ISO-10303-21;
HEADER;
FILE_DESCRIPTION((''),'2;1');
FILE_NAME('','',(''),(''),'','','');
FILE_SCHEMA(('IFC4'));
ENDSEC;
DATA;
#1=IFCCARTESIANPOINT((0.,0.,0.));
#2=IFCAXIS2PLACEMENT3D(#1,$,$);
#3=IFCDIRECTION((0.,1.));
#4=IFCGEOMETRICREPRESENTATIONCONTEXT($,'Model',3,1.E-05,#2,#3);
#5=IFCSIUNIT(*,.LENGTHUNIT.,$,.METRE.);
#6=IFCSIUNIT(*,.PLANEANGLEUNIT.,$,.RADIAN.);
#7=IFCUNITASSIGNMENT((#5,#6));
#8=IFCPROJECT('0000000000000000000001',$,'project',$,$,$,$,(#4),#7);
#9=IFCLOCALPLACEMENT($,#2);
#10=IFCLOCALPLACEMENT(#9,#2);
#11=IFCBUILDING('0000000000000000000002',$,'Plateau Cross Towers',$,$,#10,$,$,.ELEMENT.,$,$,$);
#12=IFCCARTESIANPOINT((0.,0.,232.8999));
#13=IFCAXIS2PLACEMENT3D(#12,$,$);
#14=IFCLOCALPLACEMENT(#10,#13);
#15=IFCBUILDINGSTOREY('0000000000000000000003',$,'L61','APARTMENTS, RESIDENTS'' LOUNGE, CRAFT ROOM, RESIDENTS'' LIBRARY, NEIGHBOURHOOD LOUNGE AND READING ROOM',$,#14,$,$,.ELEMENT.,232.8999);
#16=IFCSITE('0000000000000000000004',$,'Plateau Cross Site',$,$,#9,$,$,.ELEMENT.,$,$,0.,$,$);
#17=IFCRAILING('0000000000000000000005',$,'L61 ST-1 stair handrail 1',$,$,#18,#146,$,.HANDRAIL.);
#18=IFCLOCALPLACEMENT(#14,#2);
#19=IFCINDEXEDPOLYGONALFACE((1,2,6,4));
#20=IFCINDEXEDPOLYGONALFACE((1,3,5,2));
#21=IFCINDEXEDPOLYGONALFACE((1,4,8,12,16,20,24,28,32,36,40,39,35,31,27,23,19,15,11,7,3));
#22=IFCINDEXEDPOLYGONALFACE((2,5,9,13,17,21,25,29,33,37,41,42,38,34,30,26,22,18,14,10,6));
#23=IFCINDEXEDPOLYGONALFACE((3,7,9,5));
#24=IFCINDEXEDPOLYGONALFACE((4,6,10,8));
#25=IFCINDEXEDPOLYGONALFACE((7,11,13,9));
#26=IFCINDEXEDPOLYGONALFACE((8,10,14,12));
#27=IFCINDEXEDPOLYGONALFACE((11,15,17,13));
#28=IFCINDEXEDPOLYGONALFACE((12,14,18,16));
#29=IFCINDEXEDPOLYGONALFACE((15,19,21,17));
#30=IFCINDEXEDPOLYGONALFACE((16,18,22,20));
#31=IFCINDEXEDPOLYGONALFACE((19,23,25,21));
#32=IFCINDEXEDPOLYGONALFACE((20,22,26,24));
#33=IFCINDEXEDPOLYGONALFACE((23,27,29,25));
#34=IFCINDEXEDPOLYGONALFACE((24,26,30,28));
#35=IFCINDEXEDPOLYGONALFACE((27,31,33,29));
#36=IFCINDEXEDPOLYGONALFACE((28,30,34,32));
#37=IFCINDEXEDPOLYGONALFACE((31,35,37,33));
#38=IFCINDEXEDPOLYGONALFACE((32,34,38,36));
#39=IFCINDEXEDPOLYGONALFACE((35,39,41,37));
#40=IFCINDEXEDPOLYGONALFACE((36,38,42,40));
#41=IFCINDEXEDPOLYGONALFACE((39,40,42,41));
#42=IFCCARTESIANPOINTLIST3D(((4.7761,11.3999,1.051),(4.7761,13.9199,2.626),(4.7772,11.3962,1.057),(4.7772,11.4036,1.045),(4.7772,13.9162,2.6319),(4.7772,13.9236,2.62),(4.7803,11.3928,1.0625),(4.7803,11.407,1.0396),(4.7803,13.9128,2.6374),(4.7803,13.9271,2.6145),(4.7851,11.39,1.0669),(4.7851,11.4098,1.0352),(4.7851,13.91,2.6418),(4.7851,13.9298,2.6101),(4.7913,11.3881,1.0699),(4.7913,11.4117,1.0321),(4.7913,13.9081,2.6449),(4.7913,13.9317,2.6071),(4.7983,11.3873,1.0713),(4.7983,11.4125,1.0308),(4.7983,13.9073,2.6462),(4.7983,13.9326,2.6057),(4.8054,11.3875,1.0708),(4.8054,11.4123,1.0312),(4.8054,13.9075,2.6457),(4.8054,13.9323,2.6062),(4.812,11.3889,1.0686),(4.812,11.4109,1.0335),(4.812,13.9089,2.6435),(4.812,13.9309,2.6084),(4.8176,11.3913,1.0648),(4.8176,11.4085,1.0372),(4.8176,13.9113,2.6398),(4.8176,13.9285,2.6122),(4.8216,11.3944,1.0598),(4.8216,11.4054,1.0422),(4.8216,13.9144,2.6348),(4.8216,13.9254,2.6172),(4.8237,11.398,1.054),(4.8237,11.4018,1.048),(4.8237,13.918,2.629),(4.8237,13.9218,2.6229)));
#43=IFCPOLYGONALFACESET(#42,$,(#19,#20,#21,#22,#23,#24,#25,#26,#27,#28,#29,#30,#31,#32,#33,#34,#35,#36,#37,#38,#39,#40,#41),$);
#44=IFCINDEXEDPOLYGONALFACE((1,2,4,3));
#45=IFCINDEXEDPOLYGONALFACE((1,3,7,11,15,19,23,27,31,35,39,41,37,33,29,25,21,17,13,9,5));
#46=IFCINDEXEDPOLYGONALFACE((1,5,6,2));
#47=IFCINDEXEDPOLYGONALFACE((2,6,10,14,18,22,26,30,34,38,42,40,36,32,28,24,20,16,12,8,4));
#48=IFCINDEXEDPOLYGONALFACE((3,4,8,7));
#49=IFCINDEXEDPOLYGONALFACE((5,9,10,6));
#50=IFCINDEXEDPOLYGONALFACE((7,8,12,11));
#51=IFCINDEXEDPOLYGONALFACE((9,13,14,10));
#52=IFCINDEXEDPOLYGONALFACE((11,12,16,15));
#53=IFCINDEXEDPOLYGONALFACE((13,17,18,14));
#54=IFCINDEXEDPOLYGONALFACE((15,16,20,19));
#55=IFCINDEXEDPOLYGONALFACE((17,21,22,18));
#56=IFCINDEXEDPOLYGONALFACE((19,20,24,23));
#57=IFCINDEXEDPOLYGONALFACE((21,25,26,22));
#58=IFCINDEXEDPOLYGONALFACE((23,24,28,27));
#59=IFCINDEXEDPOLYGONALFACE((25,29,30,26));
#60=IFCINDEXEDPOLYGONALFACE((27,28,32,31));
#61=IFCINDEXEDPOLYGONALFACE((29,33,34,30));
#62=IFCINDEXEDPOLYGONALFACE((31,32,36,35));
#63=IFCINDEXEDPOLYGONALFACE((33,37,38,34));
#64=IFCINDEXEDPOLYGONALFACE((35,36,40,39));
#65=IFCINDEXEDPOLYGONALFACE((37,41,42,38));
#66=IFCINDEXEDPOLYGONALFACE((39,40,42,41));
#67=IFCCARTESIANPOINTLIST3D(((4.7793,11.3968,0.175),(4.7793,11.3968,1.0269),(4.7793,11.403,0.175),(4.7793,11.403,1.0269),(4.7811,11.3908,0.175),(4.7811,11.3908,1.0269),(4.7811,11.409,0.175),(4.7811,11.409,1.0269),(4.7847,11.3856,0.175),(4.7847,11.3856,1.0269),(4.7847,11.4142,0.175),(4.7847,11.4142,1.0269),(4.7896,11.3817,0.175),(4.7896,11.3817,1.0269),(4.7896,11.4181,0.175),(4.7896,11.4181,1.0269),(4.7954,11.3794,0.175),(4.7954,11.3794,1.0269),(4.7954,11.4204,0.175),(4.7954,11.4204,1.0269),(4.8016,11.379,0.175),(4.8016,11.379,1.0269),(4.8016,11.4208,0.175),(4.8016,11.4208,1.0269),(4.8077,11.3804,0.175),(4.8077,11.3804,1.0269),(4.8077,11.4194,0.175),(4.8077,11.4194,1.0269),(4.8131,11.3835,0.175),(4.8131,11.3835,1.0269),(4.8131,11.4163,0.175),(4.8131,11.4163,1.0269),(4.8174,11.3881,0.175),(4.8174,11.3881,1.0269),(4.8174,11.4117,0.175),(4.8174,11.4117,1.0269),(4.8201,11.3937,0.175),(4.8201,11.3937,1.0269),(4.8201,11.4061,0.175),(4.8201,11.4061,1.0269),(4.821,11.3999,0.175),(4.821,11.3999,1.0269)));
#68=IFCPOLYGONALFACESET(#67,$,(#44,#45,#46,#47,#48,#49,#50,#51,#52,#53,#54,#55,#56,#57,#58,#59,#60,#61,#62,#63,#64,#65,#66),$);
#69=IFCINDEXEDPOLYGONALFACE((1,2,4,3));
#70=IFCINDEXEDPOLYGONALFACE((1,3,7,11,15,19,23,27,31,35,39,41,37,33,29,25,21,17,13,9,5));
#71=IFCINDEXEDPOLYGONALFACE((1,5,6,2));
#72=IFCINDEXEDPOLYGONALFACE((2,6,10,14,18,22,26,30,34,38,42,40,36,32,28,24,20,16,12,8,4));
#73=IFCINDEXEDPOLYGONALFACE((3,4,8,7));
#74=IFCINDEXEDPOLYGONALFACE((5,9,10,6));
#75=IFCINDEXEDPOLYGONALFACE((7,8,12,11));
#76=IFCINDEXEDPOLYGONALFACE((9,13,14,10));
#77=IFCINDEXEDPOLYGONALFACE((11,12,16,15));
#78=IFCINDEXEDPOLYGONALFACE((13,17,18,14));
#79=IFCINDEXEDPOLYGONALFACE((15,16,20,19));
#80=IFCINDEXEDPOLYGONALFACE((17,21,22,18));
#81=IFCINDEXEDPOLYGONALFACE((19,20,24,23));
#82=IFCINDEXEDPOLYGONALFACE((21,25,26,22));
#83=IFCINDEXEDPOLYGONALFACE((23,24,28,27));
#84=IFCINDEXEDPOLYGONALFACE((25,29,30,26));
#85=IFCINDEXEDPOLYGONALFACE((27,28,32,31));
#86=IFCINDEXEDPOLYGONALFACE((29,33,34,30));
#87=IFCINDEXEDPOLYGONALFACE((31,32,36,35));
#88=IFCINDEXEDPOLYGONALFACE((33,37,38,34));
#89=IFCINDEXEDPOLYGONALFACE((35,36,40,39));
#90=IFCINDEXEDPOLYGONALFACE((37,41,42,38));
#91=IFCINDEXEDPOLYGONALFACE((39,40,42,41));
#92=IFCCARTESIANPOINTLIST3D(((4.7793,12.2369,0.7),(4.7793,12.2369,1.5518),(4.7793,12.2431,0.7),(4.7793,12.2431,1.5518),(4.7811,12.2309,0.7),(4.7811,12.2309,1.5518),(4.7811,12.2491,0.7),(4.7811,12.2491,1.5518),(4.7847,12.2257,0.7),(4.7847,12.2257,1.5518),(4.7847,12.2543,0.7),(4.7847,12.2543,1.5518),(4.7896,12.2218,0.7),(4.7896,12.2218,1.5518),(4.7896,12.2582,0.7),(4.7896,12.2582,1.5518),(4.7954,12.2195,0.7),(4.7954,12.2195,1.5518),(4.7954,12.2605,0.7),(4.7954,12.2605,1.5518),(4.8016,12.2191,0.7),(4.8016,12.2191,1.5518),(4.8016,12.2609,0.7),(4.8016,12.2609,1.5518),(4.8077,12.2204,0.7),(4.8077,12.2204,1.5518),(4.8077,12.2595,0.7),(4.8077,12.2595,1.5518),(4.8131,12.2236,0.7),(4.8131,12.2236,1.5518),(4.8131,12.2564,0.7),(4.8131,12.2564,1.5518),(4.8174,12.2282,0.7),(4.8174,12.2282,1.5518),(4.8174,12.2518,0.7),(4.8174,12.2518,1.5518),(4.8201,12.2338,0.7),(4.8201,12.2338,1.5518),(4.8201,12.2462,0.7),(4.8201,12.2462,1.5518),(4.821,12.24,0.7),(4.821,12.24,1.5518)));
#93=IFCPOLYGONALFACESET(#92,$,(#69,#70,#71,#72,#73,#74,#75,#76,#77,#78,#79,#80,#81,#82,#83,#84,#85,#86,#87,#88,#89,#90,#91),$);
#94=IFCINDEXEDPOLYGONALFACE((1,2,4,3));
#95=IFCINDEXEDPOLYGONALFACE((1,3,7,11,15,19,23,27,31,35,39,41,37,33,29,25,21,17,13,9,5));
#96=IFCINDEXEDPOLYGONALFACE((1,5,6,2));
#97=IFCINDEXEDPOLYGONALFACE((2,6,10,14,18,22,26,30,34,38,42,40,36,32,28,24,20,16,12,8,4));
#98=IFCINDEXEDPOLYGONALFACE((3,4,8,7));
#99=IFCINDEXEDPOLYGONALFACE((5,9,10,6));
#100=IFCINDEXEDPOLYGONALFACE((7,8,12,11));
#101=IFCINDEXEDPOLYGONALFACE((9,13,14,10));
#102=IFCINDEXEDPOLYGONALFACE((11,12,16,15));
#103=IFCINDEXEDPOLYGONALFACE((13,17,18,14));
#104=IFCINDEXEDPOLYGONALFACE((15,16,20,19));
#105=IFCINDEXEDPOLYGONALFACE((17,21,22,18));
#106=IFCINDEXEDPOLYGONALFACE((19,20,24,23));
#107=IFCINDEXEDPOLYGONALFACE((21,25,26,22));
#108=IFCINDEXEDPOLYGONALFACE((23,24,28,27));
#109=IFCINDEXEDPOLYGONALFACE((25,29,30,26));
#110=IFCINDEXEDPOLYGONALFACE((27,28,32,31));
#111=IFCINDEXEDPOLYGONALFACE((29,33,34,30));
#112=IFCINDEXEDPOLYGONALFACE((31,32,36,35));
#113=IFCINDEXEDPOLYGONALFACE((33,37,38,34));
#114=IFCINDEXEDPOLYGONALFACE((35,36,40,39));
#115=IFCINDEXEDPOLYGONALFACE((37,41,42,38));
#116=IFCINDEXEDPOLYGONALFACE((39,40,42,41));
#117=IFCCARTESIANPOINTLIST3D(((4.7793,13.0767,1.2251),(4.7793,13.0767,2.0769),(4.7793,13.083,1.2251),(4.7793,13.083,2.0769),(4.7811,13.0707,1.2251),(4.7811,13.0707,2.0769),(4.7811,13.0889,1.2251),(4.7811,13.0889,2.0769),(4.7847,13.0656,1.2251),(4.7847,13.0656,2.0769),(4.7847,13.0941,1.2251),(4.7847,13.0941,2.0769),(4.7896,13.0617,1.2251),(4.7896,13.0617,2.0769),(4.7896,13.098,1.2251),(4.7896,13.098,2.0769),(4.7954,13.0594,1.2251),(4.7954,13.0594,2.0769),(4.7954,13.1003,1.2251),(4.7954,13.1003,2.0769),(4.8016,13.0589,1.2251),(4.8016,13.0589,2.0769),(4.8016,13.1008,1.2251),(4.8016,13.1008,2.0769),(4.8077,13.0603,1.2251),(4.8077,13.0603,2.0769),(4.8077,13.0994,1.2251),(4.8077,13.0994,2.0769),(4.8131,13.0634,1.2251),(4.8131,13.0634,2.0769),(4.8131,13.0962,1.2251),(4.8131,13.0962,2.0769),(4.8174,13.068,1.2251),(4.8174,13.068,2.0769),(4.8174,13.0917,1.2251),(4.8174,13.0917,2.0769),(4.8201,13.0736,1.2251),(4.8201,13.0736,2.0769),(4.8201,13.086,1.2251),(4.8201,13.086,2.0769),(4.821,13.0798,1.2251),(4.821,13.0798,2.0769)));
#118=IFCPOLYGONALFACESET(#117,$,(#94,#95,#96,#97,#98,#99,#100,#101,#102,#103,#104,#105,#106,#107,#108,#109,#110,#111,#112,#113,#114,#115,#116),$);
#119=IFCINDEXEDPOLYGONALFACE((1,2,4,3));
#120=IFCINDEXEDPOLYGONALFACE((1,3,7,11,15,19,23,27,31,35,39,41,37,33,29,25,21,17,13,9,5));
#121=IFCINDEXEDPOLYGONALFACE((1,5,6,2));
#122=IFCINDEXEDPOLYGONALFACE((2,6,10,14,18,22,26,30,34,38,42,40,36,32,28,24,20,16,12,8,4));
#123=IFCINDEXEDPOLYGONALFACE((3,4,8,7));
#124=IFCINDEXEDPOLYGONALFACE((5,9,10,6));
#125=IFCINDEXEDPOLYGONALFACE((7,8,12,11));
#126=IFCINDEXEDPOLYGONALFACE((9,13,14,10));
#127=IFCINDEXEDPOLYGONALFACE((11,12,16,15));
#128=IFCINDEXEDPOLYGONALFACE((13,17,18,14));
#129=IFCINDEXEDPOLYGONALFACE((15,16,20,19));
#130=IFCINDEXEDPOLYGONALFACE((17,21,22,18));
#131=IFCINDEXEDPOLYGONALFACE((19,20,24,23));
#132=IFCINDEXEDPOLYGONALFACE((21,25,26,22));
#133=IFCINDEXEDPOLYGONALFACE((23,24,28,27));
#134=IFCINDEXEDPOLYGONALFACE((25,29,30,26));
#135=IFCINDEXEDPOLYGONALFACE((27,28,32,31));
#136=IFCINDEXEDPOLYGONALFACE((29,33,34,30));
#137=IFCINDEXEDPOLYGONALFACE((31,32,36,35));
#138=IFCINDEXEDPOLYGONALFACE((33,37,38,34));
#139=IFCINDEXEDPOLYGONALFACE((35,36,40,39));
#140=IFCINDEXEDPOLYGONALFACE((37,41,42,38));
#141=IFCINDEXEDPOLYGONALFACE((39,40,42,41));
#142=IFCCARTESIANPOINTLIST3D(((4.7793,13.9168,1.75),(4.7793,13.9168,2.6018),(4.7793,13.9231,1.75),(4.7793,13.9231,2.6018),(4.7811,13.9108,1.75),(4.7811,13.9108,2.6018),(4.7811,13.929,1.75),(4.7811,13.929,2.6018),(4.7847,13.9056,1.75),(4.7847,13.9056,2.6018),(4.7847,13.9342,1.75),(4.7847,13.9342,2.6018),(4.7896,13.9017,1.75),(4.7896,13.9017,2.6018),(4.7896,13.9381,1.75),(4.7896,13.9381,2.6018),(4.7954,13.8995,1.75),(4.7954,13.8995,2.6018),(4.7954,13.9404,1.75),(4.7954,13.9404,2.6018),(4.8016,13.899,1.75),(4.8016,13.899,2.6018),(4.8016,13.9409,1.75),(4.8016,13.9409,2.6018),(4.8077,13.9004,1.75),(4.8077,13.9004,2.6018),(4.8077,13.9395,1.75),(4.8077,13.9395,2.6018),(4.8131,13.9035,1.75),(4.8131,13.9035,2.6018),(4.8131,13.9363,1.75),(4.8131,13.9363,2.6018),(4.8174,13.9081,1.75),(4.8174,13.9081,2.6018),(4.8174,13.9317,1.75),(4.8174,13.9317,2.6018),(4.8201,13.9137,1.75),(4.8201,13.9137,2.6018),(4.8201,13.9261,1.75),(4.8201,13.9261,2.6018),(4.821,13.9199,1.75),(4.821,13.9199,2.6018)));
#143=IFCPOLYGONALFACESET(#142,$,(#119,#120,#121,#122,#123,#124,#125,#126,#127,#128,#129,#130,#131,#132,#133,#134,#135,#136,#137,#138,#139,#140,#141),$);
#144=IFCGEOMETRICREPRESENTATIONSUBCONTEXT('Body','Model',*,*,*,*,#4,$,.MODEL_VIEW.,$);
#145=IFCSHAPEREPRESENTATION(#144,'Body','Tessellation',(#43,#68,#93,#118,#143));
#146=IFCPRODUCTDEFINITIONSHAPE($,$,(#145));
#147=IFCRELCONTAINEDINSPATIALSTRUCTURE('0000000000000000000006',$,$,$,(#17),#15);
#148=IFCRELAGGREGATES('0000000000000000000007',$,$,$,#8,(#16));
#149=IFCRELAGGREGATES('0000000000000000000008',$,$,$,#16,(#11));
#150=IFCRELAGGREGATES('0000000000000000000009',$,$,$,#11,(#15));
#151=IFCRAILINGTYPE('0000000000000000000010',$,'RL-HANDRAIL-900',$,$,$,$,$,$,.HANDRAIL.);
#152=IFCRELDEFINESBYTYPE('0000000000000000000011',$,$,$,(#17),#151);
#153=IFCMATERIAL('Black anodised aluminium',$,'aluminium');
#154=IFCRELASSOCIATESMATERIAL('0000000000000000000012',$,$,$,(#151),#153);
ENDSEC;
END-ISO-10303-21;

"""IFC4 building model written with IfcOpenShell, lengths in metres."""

from ifc_helpers import new_model, si_unit, direction, frame, origin, origin_2d, place, context, subcontext, project, spatial, circle, extrude, material, type_object, element, save


model = new_model("IFC4")

# Units and contexts
model_context = context("Model", 3, precision=1e-05, world=origin(), true_north=direction((0.0, 1.0)))
body_context = subcontext(model_context, "Body", "Model", "MODEL_VIEW")
ifc_project = project(units=[si_unit("LENGTHUNIT", "METRE"), si_unit("PLANEANGLEUNIT", "RADIAN")], contexts=[model_context])

# Site, building, storey
site_placement = place(None, origin())
site = spatial("IfcSite", under=ifc_project, at=site_placement, Name="Plateau Cross Site", CompositionType="ELEMENT", RefElevation=0.0)
building_placement = place(site_placement, origin())
building = spatial("IfcBuilding", under=site, at=building_placement, Name="Plateau Cross Towers", CompositionType="ELEMENT")
storey_placement = place(building_placement, frame((0.0, 0.0, 232.8999)))
storey = spatial("IfcBuildingStorey", under=building, at=storey_placement, Name="L61", Description="APARTMENTS, RESIDENTS' LOUNGE, CRAFT ROOM, RESIDENTS' LIBRARY, NEIGHBOURHOOD LOUNGE AND READING ROOM", CompositionType="ELEMENT", Elevation=232.8999)

# Shared definitions
ifc_material_1 = material(Name="Black anodised aluminium", Category="aluminium")

# Railing
railing_type_1 = type_object("IfcRailingType", Name="RL-HANDRAIL-900", PredefinedType="HANDRAIL", material=ifc_material_1)
railing_1_placement = place(storey_placement, frame((4.8, 11.3999, 0.175)))
element("IfcRailing", 1, at=railing_1_placement, inside=storey, type_object=railing_type_1, Name="L61 ST-1 stair handrail 1", PredefinedType="HANDRAIL", context=body_context, shape_type="SweptSolid", body=[
    extrude(circle(Radius=0.0239, at=origin_2d()), frame((0.0, 0.0, 0.876), z_axis=(0.0, 0.848008, 0.529984), x_axis=(-1.0, 0.0, 0.0)), (0.0, 0.0, 1.0), 2.9717),
    extrude(circle(Radius=0.021, at=origin_2d()), origin(), (0.0, 0.0, 1.0), 0.8518),
    extrude(circle(Radius=0.021, at=origin_2d()), frame((0.0, 0.8401, 0.5249)), (0.0, 0.0, 1.0), 0.8518),
    extrude(circle(Radius=0.021, at=origin_2d()), frame((0.0, 1.6799, 1.05)), (0.0, 0.0, 1.0), 0.8518),
    extrude(circle(Radius=0.021, at=origin_2d()), frame((0.0, 2.52, 1.575)), (0.0, 0.0, 1.0), 0.8518),
])

save(model, "model.ifc")
